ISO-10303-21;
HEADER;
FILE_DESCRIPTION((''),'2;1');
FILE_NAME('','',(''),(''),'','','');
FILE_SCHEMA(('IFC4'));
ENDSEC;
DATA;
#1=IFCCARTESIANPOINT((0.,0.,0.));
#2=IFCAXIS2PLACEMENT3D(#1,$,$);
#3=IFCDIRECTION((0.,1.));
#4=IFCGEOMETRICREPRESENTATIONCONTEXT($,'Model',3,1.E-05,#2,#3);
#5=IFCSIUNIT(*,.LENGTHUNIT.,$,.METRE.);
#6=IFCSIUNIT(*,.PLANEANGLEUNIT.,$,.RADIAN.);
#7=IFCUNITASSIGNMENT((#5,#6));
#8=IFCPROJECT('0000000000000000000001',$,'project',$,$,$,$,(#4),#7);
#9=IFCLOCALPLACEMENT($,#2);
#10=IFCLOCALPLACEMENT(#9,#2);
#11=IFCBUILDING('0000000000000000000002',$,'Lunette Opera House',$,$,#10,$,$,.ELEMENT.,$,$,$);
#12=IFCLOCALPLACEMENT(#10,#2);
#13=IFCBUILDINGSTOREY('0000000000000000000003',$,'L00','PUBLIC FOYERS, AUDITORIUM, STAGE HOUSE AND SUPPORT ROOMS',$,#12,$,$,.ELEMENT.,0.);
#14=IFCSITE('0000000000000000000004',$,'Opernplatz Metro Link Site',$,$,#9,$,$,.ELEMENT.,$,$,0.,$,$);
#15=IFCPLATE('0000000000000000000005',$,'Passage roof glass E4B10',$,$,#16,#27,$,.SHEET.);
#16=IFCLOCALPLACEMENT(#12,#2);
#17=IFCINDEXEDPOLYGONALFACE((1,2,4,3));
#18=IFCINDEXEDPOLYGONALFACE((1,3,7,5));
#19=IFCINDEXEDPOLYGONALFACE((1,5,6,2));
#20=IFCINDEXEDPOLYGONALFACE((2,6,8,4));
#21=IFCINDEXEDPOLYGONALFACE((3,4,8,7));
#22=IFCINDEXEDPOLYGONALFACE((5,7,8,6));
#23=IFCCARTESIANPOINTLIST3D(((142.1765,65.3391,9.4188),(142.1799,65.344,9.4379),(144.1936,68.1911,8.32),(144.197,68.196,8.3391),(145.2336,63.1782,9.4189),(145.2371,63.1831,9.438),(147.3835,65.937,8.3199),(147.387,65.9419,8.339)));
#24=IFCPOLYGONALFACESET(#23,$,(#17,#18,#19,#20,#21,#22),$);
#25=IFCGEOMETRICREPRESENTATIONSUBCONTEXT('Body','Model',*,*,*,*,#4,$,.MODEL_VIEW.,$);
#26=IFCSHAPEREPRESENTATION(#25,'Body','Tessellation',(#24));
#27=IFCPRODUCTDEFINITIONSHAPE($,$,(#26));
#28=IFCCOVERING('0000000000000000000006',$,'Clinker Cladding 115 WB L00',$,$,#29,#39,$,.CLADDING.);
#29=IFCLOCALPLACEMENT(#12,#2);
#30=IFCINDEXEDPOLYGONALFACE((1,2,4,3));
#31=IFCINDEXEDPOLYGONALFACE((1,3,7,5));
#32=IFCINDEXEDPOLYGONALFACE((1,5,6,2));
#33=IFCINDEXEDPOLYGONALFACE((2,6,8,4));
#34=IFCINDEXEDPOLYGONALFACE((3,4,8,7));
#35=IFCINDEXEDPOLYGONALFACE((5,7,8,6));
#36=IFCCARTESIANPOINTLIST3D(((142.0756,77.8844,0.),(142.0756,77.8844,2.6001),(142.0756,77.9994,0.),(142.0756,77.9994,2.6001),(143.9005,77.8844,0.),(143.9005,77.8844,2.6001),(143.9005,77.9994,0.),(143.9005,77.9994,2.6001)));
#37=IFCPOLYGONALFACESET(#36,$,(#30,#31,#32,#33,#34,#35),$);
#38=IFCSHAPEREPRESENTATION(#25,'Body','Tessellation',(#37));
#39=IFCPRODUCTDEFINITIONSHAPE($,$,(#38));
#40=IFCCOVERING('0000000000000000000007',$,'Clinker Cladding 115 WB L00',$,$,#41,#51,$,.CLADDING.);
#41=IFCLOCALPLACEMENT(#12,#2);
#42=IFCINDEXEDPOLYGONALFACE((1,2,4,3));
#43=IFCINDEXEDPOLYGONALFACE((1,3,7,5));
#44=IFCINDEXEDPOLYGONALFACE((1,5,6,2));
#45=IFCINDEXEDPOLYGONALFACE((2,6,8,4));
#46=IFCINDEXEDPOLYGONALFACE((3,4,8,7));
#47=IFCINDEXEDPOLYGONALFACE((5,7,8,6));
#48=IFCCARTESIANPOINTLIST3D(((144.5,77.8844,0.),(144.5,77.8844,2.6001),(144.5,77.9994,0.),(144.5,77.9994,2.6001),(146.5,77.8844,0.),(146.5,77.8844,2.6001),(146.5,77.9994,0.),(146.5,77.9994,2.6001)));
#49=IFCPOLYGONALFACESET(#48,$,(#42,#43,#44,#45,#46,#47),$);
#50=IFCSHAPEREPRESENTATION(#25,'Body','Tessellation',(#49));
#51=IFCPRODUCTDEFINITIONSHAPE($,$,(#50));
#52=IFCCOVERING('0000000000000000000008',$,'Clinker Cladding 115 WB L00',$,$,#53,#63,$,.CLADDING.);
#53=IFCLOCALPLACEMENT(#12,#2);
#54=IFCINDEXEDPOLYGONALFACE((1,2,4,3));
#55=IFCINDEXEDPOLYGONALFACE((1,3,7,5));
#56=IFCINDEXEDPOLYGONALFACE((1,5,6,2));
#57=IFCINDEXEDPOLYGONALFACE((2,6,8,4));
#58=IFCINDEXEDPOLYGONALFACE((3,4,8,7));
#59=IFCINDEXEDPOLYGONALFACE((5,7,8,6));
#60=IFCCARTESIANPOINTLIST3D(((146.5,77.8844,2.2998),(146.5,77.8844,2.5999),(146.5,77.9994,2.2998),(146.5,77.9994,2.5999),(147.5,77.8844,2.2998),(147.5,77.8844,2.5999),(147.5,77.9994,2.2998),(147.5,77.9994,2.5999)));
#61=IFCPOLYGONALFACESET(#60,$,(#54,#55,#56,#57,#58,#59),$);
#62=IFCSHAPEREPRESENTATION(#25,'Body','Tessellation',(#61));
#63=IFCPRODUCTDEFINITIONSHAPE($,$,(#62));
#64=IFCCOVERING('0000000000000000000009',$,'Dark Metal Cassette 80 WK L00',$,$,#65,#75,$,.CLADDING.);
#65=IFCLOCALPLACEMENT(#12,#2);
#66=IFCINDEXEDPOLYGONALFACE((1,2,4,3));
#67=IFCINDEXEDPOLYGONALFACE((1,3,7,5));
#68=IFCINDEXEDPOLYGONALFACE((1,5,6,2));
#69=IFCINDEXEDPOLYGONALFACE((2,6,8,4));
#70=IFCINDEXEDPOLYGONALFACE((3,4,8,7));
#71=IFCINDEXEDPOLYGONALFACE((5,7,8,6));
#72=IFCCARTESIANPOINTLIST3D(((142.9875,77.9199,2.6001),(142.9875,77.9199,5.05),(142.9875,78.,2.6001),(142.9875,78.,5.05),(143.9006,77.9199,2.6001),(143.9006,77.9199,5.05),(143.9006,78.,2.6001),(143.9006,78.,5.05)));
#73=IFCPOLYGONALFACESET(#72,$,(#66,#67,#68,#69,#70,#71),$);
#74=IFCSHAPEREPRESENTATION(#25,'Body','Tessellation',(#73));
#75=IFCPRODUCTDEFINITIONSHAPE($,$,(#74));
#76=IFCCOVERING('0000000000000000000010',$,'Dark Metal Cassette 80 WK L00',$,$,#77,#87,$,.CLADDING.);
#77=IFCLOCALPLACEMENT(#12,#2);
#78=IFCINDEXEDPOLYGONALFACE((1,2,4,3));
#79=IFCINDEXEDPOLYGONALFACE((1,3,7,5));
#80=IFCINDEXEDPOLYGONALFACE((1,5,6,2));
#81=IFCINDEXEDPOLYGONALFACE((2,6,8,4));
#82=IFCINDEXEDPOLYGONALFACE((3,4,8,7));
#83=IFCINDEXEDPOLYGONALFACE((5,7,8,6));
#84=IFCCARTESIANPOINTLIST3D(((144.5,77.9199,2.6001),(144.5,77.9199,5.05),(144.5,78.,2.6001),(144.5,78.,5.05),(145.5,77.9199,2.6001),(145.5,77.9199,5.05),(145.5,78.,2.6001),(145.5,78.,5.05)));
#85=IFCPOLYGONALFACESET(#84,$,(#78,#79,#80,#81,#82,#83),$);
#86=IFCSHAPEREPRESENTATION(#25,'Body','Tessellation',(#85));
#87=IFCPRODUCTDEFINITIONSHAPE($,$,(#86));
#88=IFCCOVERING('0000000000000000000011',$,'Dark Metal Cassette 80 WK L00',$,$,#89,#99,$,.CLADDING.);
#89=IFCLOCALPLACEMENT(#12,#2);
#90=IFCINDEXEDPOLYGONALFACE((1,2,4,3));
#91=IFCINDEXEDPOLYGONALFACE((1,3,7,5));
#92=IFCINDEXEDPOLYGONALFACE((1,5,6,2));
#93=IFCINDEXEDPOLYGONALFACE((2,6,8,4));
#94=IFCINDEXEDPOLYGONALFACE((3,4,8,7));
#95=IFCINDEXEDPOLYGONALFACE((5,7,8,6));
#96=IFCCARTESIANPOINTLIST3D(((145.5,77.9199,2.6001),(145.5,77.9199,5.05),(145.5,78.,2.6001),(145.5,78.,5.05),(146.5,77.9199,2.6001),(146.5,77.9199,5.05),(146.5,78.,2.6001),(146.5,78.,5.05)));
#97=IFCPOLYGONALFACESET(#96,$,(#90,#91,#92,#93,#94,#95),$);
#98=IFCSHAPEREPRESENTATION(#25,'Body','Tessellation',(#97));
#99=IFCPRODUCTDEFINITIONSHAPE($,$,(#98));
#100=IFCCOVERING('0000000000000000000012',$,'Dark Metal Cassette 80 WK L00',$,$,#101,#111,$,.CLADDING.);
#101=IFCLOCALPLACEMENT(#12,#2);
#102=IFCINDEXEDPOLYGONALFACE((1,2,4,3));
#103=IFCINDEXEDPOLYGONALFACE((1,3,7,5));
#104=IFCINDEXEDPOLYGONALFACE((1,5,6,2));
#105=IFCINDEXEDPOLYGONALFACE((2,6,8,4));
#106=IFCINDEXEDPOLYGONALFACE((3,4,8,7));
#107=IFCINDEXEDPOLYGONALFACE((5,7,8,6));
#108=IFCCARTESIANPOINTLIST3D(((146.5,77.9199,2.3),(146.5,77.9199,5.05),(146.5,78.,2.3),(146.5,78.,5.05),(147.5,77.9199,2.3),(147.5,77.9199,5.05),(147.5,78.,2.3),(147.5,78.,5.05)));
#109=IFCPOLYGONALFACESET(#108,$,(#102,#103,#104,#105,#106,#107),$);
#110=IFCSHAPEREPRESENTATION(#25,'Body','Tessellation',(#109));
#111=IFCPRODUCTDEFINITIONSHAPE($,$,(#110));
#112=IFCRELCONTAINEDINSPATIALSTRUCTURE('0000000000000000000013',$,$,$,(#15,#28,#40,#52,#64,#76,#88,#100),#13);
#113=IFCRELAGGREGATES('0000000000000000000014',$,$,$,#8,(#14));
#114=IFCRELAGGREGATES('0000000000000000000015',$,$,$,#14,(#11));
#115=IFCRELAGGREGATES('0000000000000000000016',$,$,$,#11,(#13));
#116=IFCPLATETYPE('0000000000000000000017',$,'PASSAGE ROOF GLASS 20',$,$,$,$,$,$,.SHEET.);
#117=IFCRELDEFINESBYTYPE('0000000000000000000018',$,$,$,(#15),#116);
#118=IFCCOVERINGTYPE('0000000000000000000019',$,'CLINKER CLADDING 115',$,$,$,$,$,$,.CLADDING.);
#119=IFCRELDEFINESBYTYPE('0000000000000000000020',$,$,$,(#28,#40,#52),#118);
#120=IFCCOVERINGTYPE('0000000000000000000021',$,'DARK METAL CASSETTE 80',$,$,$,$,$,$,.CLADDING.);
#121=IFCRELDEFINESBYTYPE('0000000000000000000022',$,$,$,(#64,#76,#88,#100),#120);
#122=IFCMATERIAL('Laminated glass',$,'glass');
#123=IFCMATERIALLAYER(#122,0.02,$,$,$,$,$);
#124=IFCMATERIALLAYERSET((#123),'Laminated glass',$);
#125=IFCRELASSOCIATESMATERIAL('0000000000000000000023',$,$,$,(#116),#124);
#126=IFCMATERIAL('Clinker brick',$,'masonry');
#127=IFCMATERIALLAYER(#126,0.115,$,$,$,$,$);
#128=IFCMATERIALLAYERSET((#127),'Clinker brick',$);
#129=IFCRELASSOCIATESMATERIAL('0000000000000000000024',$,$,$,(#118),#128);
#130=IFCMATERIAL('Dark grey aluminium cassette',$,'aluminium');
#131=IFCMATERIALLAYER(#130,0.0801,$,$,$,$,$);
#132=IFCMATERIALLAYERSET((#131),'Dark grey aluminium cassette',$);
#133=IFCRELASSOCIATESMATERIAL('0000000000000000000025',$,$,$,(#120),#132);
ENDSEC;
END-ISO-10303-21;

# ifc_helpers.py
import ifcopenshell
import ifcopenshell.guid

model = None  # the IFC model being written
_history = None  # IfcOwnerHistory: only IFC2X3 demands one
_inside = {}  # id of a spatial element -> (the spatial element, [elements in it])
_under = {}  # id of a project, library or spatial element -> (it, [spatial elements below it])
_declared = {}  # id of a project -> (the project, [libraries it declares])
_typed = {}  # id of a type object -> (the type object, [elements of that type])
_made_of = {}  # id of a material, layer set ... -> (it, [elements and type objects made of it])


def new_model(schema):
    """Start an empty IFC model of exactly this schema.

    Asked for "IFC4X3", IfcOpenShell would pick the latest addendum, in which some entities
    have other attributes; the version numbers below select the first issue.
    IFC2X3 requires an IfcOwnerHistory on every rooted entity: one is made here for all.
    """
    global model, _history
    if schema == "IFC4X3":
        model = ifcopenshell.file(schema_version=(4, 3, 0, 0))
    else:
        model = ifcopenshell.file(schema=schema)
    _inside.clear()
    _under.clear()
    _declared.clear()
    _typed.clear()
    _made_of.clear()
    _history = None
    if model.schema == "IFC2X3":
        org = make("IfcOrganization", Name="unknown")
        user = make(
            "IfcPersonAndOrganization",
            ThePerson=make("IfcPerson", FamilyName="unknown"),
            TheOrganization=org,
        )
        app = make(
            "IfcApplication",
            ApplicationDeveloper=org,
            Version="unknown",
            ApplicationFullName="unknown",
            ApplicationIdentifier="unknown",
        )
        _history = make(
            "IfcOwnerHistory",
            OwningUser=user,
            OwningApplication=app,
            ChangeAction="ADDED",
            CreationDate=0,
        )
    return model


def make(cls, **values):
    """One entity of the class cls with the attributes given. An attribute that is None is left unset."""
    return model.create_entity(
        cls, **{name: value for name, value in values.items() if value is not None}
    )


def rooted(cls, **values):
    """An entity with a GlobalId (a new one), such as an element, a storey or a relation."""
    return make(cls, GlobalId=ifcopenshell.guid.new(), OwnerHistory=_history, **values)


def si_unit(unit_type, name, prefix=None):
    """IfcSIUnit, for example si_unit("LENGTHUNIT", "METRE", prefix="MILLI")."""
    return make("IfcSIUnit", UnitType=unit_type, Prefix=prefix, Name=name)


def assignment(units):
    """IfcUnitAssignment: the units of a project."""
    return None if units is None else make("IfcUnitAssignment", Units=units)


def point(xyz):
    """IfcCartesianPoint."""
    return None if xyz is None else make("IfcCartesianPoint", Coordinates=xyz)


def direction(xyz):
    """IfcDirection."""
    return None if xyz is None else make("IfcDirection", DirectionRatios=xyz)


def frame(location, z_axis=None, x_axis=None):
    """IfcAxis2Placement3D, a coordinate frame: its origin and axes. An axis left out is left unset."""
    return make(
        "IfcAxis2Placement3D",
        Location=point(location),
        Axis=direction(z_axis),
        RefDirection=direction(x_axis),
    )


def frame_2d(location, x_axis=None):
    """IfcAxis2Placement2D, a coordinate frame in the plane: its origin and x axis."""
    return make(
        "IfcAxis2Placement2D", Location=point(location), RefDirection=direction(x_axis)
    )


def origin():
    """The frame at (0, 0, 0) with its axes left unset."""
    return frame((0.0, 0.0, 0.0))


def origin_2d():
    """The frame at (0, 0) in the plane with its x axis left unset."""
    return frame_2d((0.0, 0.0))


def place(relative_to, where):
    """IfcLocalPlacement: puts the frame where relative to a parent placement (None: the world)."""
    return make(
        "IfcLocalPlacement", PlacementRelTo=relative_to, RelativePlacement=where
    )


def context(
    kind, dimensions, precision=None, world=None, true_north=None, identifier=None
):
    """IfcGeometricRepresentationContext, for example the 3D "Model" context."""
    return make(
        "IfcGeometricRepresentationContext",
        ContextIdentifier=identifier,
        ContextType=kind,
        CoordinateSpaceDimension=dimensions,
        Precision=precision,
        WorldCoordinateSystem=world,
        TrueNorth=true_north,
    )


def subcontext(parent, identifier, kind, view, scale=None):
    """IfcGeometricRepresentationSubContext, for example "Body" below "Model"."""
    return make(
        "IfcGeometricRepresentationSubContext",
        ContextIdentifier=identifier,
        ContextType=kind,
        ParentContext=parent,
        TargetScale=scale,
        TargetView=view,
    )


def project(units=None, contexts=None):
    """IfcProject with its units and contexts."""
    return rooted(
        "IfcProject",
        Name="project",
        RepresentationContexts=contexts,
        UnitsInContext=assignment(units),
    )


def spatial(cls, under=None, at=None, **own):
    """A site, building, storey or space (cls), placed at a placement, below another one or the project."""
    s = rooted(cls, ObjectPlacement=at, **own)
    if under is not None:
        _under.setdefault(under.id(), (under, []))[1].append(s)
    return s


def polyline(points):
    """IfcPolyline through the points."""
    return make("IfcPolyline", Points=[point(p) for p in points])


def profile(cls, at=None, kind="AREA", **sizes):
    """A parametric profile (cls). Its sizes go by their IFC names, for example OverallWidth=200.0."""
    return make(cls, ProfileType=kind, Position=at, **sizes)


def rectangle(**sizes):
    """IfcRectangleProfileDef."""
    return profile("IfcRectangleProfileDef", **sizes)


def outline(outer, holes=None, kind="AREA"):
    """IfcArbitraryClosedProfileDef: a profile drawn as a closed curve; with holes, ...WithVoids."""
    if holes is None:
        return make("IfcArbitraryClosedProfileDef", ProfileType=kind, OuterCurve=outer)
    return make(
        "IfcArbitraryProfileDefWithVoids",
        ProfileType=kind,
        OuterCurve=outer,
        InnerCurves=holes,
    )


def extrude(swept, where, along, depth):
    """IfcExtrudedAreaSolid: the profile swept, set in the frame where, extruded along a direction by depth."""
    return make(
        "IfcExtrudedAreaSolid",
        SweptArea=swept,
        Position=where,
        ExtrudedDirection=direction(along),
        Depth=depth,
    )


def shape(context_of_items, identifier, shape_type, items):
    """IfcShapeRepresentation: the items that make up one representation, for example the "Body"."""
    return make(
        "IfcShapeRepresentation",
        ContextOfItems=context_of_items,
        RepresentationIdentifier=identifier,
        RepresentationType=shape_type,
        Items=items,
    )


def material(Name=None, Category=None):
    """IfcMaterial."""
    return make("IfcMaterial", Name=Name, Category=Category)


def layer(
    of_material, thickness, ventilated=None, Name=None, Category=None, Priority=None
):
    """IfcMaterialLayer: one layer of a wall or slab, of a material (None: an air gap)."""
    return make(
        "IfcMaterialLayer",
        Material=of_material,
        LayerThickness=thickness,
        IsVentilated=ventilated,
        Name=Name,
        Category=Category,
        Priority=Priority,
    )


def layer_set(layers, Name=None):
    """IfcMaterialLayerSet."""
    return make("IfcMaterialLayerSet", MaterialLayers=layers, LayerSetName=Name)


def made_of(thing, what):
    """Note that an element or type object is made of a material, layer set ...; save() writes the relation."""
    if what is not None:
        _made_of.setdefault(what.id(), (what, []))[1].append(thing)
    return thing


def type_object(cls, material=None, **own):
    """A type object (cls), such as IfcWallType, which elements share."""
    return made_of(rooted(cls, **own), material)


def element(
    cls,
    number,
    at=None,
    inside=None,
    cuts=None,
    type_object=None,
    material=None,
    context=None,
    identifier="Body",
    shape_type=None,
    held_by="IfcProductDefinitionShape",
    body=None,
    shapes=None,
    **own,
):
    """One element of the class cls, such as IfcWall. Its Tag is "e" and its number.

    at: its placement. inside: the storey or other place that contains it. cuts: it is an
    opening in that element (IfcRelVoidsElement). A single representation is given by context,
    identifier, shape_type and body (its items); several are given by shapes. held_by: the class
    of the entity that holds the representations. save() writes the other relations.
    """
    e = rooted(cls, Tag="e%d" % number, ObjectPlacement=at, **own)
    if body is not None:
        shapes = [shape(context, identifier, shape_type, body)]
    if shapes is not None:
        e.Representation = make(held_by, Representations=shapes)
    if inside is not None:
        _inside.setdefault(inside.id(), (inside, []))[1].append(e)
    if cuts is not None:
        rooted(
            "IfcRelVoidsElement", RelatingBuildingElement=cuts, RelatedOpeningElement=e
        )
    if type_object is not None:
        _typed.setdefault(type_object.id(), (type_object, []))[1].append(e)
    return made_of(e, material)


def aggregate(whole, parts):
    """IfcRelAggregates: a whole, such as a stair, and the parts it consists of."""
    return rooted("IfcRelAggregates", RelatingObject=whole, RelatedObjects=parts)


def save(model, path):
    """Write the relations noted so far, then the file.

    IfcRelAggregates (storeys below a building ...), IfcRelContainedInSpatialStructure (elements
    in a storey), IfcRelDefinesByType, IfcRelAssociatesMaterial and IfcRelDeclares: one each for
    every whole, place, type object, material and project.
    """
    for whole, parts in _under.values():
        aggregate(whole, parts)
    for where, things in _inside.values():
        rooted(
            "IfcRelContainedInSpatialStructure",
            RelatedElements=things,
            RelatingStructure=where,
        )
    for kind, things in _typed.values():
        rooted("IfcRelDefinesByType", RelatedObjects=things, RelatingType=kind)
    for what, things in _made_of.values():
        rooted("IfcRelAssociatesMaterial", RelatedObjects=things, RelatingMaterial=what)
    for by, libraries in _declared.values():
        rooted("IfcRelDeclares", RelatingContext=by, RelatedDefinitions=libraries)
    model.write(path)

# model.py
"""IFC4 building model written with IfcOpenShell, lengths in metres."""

from ifc_helpers import new_model, si_unit, direction, frame, origin, origin_2d, place, context, subcontext, project, spatial, polyline, rectangle, outline, extrude, material, layer, layer_set, type_object, element, save


model = new_model("IFC4")

# Units and contexts
model_context = context("Model", 3, precision=1e-05, world=origin(), true_north=direction((0.0, 1.0)))
body_context = subcontext(model_context, "Body", "Model", "MODEL_VIEW")
ifc_project = project(units=[si_unit("LENGTHUNIT", "METRE"), si_unit("PLANEANGLEUNIT", "RADIAN")], contexts=[model_context])

# Site, building, storey
site_placement = place(None, origin())
site = spatial("IfcSite", under=ifc_project, at=site_placement, Name="Opernplatz Metro Link Site", CompositionType="ELEMENT", RefElevation=0.0)
building_placement = place(site_placement, origin())
building = spatial("IfcBuilding", under=site, at=building_placement, Name="Lunette Opera House", CompositionType="ELEMENT")
storey_placement = place(building_placement, origin())
storey = spatial("IfcBuildingStorey", under=building, at=storey_placement, Name="L00", Description="PUBLIC FOYERS, AUDITORIUM, STAGE HOUSE AND SUPPORT ROOMS", CompositionType="ELEMENT", Elevation=0.0)

# Plate
ifc_material_1 = material(Name="Laminated glass", Category="glass")
ifc_layer_1 = layer(ifc_material_1, 0.02)
ifc_layer_set_1 = layer_set([ifc_layer_1], Name="Laminated glass")
plate_type_1 = type_object("IfcPlateType", Name="PASSAGE ROOF GLASS 20", PredefinedType="SHEET", material=ifc_layer_set_1)
plate_1_placement = place(storey_placement, frame((144.197, 68.196, 8.3391), z_axis=(0.173176, 0.245036, 0.953922), x_axis=(0.816672, -0.577102, -0.000018)))
element("IfcPlate", 1, at=plate_1_placement, inside=storey, type_object=plate_type_1, Name="Passage roof glass E4B10", PredefinedType="SHEET", context=body_context, shape_type="SweptSolid", body=[
    extrude(outline(polyline([(0.0, 0.0), (3.906, 0.0), (3.7423, -3.6625), (-0.0014, -3.662), (0.0, 0.0)])), origin(), (0.0, 0.0, -1.0), 0.02),
])

# Coverings
ifc_material_2 = material(Name="Clinker brick", Category="masonry")
ifc_layer_2 = layer(ifc_material_2, 0.115)
ifc_layer_set_2 = layer_set([ifc_layer_2], Name="Clinker brick")
covering_type_1 = type_object("IfcCoveringType", Name="CLINKER CLADDING 115", PredefinedType="CLADDING", material=ifc_layer_set_2)
covering_1_placement = place(storey_placement, frame((142.988, 77.9419, 0.0), z_axis=(0.0, 0.0, 1.0), x_axis=(1.0, 0.0, 0.0)))
element("IfcCovering", 2, at=covering_1_placement, inside=storey, type_object=covering_type_1, Name="Clinker Cladding 115 WB L00", PredefinedType="CLADDING", context=body_context, shape_type="SweptSolid", body=[
    extrude(rectangle(XDim=1.825, YDim=0.115, at=origin_2d()), origin(), (0.0, 0.0, 1.0), 2.6001),
])
covering_2_placement = place(storey_placement, frame((145.5, 77.9419, 0.0), z_axis=(0.0, 0.0, 1.0), x_axis=(1.0, 0.0, 0.0)))
element("IfcCovering", 3, at=covering_2_placement, inside=storey, type_object=covering_type_1, Name="Clinker Cladding 115 WB L00", PredefinedType="CLADDING", context=body_context, shape_type="SweptSolid", body=[
    extrude(rectangle(XDim=2.0, YDim=0.115, at=origin_2d()), origin(), (0.0, 0.0, 1.0), 2.6001),
])
covering_3_placement = place(storey_placement, frame((147.0, 77.9419, 2.2998), z_axis=(0.0, 0.0, 1.0), x_axis=(1.0, 0.0, 0.0)))
element("IfcCovering", 4, at=covering_3_placement, inside=storey, type_object=covering_type_1, Name="Clinker Cladding 115 WB L00", PredefinedType="CLADDING", context=body_context, shape_type="SweptSolid", body=[
    extrude(rectangle(XDim=1.0, YDim=0.115, at=origin_2d()), origin(), (0.0, 0.0, 1.0), 0.3),
])
ifc_material_3 = material(Name="Dark grey aluminium cassette", Category="aluminium")
ifc_layer_3 = layer(ifc_material_3, 0.0801)
ifc_layer_set_3 = layer_set([ifc_layer_3], Name="Dark grey aluminium cassette")
covering_type_2 = type_object("IfcCoveringType", Name="DARK METAL CASSETTE 80", PredefinedType="CLADDING", material=ifc_layer_set_3)
covering_4_placement = place(storey_placement, frame((143.4441, 77.96, 2.6001), z_axis=(0.0, 0.0, 1.0), x_axis=(1.0, 0.0, 0.0)))
element("IfcCovering", 5, at=covering_4_placement, inside=storey, type_object=covering_type_2, Name="Dark Metal Cassette 80 WK L00", PredefinedType="CLADDING", context=body_context, shape_type="SweptSolid", body=[
    extrude(rectangle(XDim=0.9131, YDim=0.0801, at=origin_2d()), origin(), (0.0, 0.0, 1.0), 2.45),
])
for number, where, z_axis, x_axis, name in (
    (6, (145.0, 77.96, 2.6001), (0.0, 0.0, 1.0), (1.0, 0.0, 0.0), "Dark Metal Cassette 80 WK L00"),
    (7, (146.0, 77.96, 2.6001), (0.0, 0.0, 1.0), (1.0, 0.0, 0.0), "Dark Metal Cassette 80 WK L00"),
):
    element("IfcCovering", number, at=place(storey_placement, frame(where, z_axis=z_axis, x_axis=x_axis)), inside=storey, type_object=covering_type_2, Name=name, PredefinedType="CLADDING", context=body_context, shape_type="SweptSolid", body=[
        extrude(rectangle(XDim=1.0, YDim=0.0801, at=origin_2d()), origin(), (0.0, 0.0, 1.0), 2.45),
    ])
covering_5_placement = place(storey_placement, frame((147.0, 77.96, 2.3), z_axis=(0.0, 0.0, 1.0), x_axis=(1.0, 0.0, 0.0)))
element("IfcCovering", 8, at=covering_5_placement, inside=storey, type_object=covering_type_2, Name="Dark Metal Cassette 80 WK L00", PredefinedType="CLADDING", context=body_context, shape_type="SweptSolid", body=[
    extrude(rectangle(XDim=1.0, YDim=0.0801, at=origin_2d()), origin(), (0.0, 0.0, 1.0), 2.75),
])

save(model, "model.ifc")
